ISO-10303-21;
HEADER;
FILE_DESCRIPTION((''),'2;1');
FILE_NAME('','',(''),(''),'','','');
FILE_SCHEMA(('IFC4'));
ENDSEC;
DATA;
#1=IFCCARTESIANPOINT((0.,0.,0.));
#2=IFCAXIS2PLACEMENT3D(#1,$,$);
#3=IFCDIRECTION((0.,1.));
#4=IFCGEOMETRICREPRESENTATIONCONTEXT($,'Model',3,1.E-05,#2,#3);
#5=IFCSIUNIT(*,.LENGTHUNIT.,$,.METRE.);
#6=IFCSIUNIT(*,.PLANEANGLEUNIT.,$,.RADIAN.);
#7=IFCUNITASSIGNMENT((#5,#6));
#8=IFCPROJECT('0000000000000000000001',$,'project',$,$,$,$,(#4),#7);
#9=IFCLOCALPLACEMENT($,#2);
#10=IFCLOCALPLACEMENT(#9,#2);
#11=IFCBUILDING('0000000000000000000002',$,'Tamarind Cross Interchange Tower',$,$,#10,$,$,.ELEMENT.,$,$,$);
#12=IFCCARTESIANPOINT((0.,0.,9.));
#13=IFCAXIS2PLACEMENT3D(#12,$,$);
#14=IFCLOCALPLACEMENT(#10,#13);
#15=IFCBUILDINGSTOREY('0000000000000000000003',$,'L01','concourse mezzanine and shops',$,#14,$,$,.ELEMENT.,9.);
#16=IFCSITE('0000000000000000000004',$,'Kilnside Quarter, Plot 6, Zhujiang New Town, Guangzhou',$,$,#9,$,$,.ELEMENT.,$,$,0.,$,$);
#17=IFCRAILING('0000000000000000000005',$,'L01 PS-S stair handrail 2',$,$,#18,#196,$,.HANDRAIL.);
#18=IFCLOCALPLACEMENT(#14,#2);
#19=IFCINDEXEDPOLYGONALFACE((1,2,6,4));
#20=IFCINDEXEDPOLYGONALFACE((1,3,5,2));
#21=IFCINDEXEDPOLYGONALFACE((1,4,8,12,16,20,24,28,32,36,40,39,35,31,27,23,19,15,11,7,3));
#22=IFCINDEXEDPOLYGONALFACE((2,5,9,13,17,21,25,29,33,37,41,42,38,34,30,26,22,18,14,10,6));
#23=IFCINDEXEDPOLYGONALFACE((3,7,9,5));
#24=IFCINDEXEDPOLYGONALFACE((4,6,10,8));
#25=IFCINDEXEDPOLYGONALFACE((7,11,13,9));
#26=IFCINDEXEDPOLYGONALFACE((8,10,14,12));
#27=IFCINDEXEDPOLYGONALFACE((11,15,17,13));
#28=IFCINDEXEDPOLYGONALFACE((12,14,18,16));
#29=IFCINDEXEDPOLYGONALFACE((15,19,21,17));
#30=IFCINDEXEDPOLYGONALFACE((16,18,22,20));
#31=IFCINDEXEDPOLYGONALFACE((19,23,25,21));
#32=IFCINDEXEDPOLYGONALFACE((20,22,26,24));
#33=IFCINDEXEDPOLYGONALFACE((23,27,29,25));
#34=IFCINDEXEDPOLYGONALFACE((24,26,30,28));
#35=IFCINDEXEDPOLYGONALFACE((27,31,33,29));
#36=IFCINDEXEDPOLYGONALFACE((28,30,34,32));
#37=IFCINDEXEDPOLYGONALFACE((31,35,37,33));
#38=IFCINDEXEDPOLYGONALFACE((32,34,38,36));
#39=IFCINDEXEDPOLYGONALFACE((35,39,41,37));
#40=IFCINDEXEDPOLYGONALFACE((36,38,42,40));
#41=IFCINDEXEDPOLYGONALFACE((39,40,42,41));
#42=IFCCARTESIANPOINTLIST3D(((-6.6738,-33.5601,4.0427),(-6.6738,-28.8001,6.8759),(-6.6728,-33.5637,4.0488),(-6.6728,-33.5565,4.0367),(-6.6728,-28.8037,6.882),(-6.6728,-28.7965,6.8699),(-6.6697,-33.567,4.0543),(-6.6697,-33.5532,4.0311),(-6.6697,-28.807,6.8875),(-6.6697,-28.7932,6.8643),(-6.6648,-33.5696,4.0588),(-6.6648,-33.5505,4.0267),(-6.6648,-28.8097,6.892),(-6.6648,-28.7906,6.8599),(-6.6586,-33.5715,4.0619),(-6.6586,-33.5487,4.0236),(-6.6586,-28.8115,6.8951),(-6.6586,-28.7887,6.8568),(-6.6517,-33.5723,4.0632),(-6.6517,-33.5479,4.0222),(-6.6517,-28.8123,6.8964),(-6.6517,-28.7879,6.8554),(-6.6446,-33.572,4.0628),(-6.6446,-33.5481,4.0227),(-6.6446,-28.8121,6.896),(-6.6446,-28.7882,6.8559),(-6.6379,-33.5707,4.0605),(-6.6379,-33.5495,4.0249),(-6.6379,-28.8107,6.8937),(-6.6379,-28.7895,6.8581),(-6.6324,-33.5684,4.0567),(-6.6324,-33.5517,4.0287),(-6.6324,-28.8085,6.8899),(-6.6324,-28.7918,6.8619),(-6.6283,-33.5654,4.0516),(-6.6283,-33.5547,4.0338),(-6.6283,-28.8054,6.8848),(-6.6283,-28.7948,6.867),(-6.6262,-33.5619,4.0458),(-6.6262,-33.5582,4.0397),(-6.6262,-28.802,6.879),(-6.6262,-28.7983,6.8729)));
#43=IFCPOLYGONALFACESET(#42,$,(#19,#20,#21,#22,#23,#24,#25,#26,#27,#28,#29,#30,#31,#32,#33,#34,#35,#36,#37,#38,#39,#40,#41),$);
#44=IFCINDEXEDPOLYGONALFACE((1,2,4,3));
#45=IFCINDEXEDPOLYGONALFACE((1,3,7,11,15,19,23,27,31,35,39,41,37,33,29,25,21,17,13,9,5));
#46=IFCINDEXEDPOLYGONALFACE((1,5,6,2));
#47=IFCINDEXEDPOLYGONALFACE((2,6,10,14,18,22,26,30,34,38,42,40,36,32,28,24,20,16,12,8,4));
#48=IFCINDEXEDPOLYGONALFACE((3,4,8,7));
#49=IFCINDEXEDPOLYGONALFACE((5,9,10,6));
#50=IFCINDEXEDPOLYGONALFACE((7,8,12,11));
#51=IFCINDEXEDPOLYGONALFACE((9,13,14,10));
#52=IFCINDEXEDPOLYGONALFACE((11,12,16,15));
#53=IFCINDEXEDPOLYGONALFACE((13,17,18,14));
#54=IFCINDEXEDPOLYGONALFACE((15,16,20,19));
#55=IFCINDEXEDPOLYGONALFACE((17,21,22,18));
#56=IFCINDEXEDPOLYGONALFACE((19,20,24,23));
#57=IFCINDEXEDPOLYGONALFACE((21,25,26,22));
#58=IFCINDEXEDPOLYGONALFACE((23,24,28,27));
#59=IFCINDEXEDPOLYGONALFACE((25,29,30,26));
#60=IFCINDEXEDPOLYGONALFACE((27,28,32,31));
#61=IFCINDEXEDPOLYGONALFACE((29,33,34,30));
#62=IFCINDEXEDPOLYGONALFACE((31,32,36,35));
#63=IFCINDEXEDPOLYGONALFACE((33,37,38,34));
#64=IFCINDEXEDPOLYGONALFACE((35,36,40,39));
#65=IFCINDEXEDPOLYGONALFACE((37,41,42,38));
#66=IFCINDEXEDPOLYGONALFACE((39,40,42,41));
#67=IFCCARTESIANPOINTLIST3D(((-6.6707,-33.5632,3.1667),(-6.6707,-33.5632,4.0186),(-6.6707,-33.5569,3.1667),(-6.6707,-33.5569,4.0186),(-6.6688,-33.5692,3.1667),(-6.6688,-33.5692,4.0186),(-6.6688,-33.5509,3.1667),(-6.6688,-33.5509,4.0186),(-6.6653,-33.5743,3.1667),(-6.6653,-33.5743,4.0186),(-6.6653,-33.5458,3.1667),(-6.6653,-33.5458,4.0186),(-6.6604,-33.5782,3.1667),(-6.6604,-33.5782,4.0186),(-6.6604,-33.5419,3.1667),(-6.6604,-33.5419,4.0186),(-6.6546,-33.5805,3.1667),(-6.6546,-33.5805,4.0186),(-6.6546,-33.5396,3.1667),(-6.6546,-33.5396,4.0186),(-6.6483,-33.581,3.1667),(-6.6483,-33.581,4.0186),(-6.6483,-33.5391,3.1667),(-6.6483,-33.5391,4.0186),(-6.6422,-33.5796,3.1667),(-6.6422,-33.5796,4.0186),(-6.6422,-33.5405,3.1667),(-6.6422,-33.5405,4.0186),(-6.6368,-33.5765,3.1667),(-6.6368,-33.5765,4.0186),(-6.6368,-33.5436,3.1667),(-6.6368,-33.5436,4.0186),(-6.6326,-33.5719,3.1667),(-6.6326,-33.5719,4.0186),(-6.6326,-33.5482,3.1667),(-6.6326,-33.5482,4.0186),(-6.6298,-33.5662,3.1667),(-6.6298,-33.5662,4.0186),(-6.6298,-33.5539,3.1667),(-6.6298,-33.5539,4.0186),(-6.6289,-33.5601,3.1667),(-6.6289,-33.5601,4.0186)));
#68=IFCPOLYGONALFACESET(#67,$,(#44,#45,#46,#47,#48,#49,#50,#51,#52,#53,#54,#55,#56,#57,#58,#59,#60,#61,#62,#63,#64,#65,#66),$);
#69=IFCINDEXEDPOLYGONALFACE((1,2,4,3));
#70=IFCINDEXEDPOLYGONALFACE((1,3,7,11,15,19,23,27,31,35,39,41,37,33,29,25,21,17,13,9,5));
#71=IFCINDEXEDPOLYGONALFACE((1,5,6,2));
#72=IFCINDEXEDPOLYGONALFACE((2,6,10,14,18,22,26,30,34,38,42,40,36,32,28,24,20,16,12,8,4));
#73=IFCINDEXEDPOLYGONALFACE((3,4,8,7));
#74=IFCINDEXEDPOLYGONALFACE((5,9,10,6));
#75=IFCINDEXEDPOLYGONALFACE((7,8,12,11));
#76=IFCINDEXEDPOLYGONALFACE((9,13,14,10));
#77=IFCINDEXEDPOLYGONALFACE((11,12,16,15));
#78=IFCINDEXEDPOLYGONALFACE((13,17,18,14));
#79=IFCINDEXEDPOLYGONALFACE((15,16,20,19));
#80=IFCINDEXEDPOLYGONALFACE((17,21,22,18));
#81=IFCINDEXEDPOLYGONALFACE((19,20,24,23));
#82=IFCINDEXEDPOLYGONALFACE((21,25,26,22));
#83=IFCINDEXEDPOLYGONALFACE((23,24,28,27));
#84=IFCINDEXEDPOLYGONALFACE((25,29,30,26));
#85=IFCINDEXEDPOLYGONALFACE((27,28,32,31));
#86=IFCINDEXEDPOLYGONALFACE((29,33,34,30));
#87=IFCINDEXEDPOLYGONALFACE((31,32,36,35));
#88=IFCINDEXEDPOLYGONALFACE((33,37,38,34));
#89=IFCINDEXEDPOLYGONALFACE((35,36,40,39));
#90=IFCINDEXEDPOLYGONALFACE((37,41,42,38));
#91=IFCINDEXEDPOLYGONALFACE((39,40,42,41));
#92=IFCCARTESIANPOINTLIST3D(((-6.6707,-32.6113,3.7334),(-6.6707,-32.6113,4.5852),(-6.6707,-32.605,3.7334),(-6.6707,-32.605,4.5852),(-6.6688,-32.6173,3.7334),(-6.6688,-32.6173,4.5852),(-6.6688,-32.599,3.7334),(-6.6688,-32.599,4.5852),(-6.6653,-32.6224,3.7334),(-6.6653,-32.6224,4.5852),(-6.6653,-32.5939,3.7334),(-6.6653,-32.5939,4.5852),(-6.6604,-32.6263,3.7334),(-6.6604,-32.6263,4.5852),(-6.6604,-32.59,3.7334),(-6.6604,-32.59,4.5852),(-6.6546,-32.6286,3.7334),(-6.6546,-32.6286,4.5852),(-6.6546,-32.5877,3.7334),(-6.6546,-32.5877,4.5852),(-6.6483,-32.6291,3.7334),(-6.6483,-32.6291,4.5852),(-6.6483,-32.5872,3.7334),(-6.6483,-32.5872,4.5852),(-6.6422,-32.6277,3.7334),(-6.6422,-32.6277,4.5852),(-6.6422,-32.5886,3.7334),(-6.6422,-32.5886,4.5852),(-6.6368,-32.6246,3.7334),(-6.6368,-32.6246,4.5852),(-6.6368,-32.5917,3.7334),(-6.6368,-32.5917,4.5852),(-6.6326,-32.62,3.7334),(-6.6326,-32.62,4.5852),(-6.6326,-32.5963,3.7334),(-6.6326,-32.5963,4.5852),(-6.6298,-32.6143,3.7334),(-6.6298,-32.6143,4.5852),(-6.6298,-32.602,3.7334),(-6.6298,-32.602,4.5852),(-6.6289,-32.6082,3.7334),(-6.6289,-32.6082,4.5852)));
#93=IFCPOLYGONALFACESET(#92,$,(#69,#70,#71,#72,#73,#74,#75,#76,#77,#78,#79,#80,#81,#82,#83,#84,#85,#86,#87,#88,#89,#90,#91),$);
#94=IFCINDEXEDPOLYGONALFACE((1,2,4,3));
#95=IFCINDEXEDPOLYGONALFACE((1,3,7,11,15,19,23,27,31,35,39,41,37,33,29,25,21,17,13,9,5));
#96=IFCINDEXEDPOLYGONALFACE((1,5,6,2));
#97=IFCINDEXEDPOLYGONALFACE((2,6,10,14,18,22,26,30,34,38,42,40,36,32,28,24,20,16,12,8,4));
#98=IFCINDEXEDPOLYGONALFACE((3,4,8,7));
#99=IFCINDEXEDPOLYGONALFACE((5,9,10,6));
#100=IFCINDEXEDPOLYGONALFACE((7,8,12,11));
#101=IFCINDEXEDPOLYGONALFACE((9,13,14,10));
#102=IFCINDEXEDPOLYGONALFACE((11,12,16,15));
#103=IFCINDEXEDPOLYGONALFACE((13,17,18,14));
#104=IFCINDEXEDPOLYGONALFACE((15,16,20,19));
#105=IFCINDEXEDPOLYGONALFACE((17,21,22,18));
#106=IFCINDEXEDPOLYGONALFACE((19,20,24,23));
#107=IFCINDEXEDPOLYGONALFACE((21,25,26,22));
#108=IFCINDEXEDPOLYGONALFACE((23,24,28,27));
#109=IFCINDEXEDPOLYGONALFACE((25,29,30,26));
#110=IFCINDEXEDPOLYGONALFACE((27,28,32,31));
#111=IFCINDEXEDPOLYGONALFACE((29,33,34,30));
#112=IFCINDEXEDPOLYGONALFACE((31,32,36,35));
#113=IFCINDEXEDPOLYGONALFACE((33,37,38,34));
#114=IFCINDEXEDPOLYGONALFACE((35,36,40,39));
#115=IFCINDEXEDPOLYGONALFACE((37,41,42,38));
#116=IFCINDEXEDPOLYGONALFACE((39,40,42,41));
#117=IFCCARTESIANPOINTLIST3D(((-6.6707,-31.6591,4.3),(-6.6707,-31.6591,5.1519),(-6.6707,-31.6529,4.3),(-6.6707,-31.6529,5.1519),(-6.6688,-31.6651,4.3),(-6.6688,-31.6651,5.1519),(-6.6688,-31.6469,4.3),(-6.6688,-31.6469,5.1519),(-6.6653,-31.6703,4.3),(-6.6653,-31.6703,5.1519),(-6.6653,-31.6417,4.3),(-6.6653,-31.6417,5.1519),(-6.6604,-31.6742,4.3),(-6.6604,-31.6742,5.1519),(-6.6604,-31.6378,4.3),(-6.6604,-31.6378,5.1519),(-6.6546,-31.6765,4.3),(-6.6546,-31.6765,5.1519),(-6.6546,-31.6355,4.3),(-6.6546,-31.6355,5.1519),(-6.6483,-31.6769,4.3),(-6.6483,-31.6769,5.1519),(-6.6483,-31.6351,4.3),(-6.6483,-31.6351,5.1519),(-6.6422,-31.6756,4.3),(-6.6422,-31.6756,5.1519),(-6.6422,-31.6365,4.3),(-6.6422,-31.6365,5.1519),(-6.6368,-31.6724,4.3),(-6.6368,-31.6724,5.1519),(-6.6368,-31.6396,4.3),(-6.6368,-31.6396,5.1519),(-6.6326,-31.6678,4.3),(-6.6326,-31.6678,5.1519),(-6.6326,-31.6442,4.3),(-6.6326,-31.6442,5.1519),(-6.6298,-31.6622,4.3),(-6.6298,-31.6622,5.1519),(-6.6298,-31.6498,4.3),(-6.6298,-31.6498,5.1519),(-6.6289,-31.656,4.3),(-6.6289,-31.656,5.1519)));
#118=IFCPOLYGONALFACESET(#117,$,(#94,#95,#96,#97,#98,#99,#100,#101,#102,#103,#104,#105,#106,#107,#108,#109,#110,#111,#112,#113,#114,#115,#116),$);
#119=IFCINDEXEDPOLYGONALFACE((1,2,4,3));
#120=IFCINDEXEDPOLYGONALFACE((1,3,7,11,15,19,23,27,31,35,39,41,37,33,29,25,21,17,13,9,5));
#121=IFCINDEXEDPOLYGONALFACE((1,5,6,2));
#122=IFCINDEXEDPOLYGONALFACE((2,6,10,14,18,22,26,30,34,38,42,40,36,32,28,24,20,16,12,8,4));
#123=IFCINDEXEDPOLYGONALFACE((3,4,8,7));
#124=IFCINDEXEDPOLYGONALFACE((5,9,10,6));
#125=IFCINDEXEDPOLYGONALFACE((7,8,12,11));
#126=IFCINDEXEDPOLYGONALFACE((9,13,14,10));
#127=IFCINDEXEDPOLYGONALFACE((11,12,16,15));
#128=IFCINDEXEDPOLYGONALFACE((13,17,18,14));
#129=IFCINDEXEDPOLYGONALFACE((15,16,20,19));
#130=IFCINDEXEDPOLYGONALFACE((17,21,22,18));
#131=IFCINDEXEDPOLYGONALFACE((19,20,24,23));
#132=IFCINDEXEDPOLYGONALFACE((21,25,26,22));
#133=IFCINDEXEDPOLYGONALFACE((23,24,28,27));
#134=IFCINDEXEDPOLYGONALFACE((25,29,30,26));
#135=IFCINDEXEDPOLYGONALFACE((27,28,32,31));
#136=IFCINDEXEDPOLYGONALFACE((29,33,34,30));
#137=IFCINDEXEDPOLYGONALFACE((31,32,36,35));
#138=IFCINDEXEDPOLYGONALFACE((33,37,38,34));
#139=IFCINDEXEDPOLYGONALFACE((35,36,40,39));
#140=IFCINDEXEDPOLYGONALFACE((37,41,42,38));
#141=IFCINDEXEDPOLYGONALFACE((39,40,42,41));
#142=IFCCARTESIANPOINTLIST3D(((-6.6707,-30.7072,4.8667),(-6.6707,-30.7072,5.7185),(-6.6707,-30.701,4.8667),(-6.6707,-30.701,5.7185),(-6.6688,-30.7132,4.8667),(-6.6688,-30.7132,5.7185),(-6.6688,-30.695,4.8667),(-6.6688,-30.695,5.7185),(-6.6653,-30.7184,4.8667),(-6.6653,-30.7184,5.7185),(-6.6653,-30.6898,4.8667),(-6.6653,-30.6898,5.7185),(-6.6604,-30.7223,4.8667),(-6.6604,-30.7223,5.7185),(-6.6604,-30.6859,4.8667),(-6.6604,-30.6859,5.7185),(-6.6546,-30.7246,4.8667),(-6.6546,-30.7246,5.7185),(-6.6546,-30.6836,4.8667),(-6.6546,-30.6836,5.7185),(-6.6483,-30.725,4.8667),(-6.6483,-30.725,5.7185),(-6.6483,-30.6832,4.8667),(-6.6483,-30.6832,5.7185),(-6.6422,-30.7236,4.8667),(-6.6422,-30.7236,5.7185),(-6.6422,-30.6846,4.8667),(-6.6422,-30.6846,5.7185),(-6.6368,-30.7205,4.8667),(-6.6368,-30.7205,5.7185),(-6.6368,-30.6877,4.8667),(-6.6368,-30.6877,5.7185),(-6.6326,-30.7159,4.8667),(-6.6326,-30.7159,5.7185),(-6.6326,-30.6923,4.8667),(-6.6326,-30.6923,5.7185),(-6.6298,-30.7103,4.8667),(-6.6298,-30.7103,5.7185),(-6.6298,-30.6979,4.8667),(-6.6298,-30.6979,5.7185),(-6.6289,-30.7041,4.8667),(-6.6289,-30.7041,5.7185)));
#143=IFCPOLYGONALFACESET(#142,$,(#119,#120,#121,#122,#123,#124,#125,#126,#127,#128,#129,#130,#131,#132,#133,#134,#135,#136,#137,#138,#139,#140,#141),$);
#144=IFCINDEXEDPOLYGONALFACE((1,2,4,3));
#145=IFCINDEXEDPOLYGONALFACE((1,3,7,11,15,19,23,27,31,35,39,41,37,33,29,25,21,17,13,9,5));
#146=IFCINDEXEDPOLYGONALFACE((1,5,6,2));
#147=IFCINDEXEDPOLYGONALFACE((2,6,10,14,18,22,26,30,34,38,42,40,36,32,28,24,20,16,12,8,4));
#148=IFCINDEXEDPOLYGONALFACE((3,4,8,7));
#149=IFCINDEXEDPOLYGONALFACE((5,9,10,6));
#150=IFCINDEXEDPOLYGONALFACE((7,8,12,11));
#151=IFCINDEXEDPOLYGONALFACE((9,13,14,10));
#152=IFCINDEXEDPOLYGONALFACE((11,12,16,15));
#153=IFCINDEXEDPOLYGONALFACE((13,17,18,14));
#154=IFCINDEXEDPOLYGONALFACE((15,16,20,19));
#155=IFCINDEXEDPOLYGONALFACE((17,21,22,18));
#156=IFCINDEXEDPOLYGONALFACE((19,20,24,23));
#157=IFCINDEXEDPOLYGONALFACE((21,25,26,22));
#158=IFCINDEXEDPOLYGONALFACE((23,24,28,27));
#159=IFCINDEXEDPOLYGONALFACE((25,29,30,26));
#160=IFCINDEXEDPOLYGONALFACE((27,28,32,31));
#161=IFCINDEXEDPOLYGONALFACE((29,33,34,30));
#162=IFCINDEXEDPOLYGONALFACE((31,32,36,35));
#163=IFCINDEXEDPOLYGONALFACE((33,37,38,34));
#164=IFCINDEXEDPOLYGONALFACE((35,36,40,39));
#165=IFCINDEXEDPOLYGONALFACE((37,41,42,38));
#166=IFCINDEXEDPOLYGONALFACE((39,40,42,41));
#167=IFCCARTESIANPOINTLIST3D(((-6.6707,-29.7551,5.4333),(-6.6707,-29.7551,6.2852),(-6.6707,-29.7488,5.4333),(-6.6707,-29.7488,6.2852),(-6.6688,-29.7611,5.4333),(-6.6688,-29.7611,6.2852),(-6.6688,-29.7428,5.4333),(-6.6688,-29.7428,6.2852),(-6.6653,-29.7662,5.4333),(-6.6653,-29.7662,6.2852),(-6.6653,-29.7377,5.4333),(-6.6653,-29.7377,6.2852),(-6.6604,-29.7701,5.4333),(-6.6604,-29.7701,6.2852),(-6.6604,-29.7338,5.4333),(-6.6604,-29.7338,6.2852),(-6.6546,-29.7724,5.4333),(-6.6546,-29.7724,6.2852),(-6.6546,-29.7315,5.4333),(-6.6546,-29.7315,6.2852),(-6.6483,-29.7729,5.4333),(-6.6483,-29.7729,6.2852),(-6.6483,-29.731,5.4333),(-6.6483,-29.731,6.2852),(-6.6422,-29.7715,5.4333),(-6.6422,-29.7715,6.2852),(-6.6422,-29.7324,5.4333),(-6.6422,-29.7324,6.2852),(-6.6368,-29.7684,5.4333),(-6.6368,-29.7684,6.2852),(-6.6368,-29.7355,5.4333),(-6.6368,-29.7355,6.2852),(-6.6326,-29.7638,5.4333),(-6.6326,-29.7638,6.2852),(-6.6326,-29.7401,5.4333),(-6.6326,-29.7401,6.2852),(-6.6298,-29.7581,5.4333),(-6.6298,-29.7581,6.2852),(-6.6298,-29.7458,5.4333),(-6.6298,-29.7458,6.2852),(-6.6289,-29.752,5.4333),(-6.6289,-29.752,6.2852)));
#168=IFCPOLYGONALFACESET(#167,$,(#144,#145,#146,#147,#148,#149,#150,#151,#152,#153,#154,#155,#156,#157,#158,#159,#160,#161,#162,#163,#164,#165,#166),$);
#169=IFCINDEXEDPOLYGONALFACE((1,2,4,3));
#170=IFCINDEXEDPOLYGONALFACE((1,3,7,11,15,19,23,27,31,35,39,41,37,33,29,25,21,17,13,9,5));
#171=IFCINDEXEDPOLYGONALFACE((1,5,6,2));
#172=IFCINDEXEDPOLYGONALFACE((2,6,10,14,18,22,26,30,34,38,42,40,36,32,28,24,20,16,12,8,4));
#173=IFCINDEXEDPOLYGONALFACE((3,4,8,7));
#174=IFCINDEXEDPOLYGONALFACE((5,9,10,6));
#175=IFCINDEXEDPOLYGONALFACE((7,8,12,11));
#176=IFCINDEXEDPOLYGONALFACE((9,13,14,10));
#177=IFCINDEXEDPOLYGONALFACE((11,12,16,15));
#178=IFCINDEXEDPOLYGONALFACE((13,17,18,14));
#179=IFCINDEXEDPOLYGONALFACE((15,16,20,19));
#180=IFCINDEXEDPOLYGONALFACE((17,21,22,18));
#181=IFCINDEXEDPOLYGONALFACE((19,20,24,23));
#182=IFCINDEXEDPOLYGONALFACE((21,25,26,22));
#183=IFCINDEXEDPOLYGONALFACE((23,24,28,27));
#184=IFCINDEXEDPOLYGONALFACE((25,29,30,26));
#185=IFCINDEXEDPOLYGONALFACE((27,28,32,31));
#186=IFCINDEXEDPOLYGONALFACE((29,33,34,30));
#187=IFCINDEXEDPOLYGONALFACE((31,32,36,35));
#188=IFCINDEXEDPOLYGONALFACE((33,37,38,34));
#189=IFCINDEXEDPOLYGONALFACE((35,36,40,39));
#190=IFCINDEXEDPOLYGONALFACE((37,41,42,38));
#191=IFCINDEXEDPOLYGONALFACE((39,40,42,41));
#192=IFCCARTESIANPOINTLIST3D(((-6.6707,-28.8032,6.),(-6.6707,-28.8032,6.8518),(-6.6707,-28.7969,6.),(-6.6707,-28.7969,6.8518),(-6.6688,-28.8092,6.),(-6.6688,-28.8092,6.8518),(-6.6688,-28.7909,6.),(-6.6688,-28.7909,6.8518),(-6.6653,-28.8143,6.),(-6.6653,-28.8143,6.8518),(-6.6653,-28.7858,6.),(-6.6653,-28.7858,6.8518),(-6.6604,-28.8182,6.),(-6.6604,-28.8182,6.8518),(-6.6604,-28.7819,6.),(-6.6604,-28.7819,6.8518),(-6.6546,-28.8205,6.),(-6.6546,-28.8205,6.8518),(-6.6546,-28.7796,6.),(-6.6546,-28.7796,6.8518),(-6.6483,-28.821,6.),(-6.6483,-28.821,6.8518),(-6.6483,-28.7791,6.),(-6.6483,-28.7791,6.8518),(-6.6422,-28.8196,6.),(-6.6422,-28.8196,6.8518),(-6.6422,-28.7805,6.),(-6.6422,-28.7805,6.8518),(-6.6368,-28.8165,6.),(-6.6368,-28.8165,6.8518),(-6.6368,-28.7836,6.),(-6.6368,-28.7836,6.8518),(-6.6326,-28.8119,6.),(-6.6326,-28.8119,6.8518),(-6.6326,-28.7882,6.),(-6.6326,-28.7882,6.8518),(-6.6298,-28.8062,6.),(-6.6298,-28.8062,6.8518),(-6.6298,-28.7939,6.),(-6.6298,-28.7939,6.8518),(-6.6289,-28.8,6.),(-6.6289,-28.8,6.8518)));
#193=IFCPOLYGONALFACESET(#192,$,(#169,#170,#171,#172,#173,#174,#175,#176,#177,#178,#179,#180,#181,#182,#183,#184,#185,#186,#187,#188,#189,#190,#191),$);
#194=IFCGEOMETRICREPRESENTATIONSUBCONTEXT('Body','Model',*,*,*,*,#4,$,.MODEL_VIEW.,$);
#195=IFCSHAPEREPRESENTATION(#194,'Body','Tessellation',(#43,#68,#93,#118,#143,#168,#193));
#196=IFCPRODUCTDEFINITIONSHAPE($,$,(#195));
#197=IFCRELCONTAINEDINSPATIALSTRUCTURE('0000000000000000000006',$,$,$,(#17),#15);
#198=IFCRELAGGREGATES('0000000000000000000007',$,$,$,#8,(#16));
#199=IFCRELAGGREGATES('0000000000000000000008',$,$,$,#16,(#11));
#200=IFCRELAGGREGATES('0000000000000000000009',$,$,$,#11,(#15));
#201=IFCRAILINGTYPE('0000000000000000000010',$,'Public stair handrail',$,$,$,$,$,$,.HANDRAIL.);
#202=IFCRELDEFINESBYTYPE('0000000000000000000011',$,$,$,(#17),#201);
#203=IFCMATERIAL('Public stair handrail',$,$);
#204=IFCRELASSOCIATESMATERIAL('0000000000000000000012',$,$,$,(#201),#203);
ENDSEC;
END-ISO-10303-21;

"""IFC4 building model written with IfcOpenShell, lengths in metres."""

from ifc_helpers import new_model, si_unit, direction, frame, origin, origin_2d, place, context, subcontext, project, spatial, circle, extrude, material, type_object, element, save


model = new_model("IFC4")

# Units and contexts
model_context = context("Model", 3, precision=1e-05, world=origin(), true_north=direction((0.0, 1.0)))
body_context = subcontext(model_context, "Body", "Model", "MODEL_VIEW")
ifc_project = project(units=[si_unit("LENGTHUNIT", "METRE"), si_unit("PLANEANGLEUNIT", "RADIAN")], contexts=[model_context])

# Site, building, storey
site_placement = place(None, origin())
site = spatial("IfcSite", under=ifc_project, at=site_placement, Name="Kilnside Quarter, Plot 6, Zhujiang New Town, Guangzhou", CompositionType="ELEMENT", RefElevation=0.0)
building_placement = place(site_placement, origin())
building = spatial("IfcBuilding", under=site, at=building_placement, Name="Tamarind Cross Interchange Tower", CompositionType="ELEMENT")
storey_placement = place(building_placement, frame((0.0, 0.0, 9.0)))
storey = spatial("IfcBuildingStorey", under=building, at=storey_placement, Name="L01", Description="concourse mezzanine and shops", CompositionType="ELEMENT", Elevation=9.0)

# Railing
ifc_material_1 = material(Name="Public stair handrail")
railing_type_1 = type_object("IfcRailingType", Name="Public stair handrail", PredefinedType="HANDRAIL", material=ifc_material_1)
railing_1_placement = place(storey_placement, frame((-6.6499, -33.5601, 3.1667)))
element("IfcRailing", 1, at=railing_1_placement, inside=storey, type_object=railing_type_1, Name="L01 PS-S stair handrail 2", PredefinedType="HANDRAIL", context=body_context, shape_type="SweptSolid", body=[
    extrude(circle(Radius=0.0239, at=origin_2d()), frame((0.0, 0.0, 0.876), z_axis=(0.0, 0.8593, 0.511472), x_axis=(-1.0, 0.0, 0.0)), (0.0, 0.0, 1.0), 5.5393),
    extrude(circle(Radius=0.021, at=origin_2d()), origin(), (0.0, 0.0, 1.0), 0.8518),
    extrude(circle(Radius=0.021, at=origin_2d()), frame((0.0, 0.9519, 0.5667)), (0.0, 0.0, 1.0), 0.8518),
    extrude(circle(Radius=0.021, at=origin_2d()), frame((0.0, 1.9041, 1.1333)), (0.0, 0.0, 1.0), 0.8518),
    extrude(circle(Radius=0.021, at=origin_2d()), frame((0.0, 2.856, 1.7)), (0.0, 0.0, 1.0), 0.8518),
    extrude(circle(Radius=0.021, at=origin_2d()), frame((0.0, 3.8081, 2.2666)), (0.0, 0.0, 1.0), 0.8518),
    extrude(circle(Radius=0.021, at=origin_2d()), frame((0.0, 4.76, 2.8333)), (0.0, 0.0, 1.0), 0.8518),
])

save(model, "model.ifc")
